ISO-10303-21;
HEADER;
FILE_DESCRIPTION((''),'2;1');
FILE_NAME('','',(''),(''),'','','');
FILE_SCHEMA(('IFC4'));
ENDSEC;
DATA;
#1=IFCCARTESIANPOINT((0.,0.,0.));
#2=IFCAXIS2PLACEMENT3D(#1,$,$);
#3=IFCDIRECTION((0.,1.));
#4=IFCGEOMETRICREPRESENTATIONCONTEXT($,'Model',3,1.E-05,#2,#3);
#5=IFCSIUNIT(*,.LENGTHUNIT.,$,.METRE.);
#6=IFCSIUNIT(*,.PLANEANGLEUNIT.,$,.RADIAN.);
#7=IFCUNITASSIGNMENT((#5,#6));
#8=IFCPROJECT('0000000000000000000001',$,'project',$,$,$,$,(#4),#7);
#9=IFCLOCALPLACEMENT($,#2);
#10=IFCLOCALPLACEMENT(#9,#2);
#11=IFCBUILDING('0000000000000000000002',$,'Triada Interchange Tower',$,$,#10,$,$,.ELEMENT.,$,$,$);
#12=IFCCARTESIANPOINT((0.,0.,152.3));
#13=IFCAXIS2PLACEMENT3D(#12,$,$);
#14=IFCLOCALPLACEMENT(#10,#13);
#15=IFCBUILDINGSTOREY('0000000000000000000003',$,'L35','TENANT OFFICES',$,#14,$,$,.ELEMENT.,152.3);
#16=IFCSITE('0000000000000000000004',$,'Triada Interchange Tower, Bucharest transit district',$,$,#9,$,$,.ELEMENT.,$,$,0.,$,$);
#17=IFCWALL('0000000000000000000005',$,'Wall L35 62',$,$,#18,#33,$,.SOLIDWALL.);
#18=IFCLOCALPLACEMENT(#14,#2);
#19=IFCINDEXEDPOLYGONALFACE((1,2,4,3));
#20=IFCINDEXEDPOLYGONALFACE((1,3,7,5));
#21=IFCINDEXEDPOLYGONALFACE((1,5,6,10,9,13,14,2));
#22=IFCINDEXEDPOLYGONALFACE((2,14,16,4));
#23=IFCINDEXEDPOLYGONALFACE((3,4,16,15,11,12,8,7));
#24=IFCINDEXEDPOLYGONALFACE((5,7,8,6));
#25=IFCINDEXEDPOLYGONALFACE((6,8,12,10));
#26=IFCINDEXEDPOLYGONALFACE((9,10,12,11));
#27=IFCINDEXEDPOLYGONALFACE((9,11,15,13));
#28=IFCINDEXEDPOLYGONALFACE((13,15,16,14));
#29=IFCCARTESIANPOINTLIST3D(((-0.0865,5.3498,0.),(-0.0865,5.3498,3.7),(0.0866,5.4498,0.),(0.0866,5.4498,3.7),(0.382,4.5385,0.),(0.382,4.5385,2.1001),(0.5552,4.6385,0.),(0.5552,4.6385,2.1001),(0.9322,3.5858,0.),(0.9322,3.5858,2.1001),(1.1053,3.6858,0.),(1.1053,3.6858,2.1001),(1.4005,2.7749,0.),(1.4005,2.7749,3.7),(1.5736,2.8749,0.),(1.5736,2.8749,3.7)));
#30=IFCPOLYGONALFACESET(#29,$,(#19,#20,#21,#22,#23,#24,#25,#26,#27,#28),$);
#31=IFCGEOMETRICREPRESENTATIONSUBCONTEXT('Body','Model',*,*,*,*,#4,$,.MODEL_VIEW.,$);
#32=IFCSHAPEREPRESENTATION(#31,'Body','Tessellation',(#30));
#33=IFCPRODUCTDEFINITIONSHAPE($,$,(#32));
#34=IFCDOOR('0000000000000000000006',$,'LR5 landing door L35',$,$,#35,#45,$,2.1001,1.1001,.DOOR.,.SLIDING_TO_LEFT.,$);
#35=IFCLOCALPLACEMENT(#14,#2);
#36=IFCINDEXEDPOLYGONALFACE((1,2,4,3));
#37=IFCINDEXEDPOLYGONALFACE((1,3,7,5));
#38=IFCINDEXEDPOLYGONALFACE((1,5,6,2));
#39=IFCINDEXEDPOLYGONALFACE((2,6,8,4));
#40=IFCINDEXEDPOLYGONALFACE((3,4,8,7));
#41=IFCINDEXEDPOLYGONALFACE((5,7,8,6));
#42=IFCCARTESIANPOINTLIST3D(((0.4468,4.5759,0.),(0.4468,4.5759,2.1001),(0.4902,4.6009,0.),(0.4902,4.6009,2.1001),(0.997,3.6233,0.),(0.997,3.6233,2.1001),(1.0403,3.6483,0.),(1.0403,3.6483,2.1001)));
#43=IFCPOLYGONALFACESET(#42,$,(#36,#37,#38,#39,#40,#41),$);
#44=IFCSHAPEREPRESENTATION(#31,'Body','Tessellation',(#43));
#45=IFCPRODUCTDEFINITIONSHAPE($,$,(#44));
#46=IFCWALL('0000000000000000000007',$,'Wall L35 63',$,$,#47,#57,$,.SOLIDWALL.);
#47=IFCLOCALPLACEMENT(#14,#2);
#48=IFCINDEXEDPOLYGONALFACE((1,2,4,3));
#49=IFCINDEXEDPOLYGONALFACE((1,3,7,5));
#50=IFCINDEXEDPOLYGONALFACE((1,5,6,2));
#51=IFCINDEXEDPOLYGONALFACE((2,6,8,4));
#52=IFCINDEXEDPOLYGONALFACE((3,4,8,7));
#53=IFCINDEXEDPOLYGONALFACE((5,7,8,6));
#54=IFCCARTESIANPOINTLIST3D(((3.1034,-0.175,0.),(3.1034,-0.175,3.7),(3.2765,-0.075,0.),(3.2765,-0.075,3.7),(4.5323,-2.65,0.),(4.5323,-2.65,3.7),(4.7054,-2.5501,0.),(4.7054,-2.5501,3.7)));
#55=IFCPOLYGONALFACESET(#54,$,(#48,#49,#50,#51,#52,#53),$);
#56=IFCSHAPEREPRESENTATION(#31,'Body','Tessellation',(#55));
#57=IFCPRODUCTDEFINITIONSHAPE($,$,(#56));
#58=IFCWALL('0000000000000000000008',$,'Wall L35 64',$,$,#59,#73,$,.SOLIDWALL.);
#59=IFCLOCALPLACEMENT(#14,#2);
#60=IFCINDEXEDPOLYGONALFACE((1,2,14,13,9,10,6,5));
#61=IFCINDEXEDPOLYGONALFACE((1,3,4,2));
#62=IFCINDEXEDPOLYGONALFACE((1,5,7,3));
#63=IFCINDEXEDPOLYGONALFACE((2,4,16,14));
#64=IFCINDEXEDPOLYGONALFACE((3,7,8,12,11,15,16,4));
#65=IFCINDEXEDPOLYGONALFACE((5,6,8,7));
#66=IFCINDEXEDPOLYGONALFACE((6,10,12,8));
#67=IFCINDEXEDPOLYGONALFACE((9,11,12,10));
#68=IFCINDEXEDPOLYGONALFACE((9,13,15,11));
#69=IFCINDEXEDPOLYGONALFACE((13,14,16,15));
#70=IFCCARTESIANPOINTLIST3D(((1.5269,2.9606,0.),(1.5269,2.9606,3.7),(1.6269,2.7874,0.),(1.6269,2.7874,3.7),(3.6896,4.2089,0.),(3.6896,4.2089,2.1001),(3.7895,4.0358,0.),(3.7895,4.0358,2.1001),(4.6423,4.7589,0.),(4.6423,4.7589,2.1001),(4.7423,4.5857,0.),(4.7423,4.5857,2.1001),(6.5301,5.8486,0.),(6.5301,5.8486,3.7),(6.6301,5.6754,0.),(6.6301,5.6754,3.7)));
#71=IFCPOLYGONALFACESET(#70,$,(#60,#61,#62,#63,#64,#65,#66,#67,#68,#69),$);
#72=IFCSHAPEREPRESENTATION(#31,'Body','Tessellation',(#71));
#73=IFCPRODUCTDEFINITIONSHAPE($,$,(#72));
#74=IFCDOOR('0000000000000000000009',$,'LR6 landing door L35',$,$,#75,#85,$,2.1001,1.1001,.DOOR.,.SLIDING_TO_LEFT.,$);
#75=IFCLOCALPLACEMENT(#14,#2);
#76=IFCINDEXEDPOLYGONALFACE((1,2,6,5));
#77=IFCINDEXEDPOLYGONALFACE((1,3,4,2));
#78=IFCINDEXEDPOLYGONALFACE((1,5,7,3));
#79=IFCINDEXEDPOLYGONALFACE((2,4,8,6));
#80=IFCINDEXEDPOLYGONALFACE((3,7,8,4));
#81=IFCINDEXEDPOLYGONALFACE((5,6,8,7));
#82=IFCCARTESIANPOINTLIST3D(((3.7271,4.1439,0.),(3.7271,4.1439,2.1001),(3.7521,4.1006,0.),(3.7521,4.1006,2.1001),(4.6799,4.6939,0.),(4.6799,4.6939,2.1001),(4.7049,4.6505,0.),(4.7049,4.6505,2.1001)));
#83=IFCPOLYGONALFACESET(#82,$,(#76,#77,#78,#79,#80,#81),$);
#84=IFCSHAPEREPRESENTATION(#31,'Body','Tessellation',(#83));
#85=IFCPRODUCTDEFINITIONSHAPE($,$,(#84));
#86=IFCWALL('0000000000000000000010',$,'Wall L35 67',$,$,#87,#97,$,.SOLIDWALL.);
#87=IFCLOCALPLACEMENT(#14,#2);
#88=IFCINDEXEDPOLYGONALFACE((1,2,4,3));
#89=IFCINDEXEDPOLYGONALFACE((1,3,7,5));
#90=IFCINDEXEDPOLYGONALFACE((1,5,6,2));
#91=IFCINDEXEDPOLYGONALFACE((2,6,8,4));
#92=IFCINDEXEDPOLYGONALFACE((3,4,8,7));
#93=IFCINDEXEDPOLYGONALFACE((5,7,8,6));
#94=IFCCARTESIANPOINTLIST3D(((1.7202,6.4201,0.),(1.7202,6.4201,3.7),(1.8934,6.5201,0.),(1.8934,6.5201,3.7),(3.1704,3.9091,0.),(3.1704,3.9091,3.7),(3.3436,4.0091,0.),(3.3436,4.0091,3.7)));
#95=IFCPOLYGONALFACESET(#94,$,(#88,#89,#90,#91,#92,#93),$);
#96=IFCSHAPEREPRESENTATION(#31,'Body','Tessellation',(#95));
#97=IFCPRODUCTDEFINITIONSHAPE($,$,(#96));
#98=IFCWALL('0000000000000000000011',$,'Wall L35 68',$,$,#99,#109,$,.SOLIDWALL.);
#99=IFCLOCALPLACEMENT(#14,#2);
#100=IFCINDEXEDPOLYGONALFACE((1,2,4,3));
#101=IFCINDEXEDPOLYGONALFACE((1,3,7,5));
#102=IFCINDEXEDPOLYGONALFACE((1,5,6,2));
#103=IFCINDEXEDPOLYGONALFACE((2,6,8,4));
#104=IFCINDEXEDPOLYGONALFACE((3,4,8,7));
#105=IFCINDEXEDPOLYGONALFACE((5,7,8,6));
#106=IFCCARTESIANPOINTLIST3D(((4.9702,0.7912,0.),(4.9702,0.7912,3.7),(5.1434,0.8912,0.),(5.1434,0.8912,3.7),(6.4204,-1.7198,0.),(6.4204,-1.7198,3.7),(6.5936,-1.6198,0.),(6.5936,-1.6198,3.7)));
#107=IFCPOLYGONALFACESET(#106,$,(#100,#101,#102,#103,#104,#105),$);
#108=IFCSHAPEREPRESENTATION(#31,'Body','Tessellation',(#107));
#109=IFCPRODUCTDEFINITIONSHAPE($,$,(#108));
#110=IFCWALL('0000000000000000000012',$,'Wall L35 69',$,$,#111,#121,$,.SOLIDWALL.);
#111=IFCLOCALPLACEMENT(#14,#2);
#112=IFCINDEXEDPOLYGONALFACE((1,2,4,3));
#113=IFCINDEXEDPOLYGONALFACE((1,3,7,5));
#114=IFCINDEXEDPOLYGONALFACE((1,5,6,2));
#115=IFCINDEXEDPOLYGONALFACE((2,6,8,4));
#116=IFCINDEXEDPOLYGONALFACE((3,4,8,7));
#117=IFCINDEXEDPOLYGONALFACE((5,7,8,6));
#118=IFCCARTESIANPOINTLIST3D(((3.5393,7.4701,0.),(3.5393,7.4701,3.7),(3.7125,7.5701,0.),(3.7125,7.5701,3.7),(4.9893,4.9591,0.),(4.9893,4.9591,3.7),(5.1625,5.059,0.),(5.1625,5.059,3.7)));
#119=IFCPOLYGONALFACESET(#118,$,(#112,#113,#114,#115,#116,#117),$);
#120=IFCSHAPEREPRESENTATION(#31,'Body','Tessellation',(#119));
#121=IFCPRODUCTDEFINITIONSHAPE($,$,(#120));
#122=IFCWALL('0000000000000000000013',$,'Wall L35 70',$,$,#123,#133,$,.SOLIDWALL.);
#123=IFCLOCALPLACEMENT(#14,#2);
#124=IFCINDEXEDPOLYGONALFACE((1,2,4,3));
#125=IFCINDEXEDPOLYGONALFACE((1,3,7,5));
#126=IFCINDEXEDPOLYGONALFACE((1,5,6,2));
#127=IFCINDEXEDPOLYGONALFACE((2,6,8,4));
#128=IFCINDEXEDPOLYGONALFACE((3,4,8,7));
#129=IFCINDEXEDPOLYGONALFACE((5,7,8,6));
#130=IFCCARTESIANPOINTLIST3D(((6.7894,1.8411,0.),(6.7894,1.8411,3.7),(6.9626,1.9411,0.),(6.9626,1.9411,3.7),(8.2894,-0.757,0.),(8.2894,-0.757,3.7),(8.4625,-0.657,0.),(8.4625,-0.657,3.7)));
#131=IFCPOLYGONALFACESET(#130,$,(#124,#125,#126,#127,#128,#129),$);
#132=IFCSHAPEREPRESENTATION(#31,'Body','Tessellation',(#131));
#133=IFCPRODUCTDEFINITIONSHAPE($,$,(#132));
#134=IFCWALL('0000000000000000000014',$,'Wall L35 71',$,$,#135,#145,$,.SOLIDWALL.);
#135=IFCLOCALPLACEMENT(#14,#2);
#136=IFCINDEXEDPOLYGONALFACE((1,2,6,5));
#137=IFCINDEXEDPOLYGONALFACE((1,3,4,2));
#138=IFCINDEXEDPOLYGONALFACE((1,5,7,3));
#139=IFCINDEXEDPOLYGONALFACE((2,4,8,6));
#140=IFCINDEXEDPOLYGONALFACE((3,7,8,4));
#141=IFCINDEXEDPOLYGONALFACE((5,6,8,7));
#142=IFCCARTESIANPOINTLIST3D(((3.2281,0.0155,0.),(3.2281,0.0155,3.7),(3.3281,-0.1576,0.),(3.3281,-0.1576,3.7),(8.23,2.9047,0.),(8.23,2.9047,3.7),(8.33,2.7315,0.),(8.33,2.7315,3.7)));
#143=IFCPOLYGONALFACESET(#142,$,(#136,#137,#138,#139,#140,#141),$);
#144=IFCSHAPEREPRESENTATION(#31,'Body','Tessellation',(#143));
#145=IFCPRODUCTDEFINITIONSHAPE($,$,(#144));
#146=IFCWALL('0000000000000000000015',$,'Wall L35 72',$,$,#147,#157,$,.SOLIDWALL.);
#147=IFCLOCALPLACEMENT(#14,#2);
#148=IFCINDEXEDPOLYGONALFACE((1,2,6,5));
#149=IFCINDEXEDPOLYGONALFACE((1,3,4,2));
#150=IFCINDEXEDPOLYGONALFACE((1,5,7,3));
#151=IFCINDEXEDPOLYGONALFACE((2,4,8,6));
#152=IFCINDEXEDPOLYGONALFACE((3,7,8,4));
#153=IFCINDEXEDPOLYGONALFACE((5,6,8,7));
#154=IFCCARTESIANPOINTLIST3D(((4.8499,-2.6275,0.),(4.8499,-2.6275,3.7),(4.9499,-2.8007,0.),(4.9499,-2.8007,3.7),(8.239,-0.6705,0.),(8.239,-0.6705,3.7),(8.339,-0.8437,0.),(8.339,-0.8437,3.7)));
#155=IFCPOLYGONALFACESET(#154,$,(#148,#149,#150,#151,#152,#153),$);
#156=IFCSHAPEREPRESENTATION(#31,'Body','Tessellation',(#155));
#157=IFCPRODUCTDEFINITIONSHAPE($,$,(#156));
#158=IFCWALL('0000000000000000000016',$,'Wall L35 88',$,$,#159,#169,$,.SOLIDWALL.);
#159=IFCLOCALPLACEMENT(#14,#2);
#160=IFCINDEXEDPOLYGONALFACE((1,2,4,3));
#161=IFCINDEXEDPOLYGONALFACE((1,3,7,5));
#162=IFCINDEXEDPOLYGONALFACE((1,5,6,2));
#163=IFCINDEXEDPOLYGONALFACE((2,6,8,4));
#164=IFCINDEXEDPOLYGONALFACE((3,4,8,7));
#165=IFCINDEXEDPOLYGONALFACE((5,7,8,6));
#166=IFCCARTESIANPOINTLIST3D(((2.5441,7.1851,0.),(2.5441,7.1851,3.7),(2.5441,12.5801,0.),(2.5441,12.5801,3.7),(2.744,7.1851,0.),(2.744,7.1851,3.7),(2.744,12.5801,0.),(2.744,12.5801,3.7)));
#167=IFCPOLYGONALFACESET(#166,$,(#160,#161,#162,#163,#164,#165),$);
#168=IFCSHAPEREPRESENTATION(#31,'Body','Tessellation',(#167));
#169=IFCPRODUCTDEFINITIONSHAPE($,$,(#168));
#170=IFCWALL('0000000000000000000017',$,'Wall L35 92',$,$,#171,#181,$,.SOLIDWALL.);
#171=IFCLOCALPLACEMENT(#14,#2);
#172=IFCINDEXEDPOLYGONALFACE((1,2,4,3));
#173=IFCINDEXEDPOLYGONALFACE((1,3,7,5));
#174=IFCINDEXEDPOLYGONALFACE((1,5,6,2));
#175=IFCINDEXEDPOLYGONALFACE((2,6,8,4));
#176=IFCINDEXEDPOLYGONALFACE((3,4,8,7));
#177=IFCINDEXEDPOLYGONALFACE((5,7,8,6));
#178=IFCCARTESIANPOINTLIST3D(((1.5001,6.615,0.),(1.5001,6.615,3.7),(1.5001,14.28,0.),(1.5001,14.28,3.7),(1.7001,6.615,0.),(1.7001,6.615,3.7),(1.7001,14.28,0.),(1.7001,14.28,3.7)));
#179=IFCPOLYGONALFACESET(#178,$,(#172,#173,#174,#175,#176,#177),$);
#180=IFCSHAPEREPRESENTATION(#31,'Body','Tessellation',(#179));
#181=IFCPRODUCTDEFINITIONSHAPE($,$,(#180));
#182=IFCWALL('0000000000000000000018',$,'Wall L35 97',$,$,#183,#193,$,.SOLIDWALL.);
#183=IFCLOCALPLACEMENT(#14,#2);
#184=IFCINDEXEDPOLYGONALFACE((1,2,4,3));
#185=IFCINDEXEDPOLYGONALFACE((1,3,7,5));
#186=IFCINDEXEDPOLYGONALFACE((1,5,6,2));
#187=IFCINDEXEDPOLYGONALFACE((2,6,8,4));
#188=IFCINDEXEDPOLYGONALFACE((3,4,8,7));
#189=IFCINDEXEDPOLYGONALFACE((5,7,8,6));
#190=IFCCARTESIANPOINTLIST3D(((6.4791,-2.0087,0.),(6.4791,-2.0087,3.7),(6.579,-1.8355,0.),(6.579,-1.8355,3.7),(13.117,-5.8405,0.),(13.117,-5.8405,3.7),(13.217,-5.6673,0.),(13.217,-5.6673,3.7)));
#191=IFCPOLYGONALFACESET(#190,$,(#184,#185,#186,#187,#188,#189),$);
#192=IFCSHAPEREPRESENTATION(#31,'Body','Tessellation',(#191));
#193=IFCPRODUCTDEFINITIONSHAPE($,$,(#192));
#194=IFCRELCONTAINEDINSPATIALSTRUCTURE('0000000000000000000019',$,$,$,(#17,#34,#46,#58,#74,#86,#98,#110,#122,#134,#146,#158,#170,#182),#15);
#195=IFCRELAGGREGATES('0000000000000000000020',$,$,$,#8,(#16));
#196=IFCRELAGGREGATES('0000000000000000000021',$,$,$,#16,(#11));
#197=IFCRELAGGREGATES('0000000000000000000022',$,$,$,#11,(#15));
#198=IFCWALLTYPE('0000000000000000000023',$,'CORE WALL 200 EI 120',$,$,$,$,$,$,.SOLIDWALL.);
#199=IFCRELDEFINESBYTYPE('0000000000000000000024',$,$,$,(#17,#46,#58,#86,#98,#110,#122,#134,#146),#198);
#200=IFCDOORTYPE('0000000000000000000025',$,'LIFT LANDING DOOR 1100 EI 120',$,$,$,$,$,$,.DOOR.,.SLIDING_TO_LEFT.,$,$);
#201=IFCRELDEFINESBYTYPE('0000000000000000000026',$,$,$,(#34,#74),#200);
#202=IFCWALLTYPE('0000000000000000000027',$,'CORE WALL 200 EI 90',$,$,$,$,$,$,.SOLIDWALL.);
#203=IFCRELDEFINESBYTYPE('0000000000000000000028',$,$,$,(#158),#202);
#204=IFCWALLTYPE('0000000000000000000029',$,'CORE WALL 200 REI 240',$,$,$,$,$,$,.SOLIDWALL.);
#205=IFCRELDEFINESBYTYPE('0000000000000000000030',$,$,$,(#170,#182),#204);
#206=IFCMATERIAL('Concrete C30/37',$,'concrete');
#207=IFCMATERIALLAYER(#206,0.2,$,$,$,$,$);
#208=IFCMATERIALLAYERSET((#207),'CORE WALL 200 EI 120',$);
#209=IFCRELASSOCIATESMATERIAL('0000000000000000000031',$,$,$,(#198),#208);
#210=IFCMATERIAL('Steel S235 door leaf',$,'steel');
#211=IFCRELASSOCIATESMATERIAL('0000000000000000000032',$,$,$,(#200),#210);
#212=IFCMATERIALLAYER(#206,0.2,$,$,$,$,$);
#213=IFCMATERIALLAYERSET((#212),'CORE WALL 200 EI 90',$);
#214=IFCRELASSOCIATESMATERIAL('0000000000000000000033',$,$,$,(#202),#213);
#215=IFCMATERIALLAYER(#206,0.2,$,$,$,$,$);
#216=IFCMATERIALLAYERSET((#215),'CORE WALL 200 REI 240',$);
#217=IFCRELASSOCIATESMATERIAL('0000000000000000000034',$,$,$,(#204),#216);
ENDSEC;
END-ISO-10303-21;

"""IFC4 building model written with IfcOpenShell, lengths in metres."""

from ifc_helpers import new_model, si_unit, direction, frame, frame_2d, origin, place, context, subcontext, project, spatial, rectangle, extrude, material, layer, layer_set, type_object, element, fill, save


model = new_model("IFC4")

# Units and contexts
model_context = context("Model", 3, precision=1e-05, world=origin(), true_north=direction((0.0, 1.0)))
body_context = subcontext(model_context, "Body", "Model", "MODEL_VIEW")
ifc_project = project(units=[si_unit("LENGTHUNIT", "METRE"), si_unit("PLANEANGLEUNIT", "RADIAN")], contexts=[model_context])

# Site, building, storey
site_placement = place(None, origin())
site = spatial("IfcSite", under=ifc_project, at=site_placement, Name="Triada Interchange Tower, Bucharest transit district", CompositionType="ELEMENT", RefElevation=0.0)
building_placement = place(site_placement, origin())
building = spatial("IfcBuilding", under=site, at=building_placement, Name="Triada Interchange Tower", CompositionType="ELEMENT")
storey_placement = place(building_placement, frame((0.0, 0.0, 152.3)))
storey = spatial("IfcBuildingStorey", under=building, at=storey_placement, Name="L35", Description="TENANT OFFICES", CompositionType="ELEMENT", Elevation=152.3)

# Wall, opening, door
ifc_material_1 = material(Name="Concrete C30/37", Category="concrete")
ifc_layer_1 = layer(ifc_material_1, 0.2)
ifc_layer_set_1 = layer_set([ifc_layer_1], Name="CORE WALL 200 EI 120")
wall_type_1 = type_object("IfcWallType", Name="CORE WALL 200 EI 120", PredefinedType="SOLIDWALL", material=ifc_layer_set_1)
ifc_material_2 = material(Name="Steel S235 door leaf", Category="steel")
door_type = type_object("IfcDoorType", Name="LIFT LANDING DOOR 1100 EI 120", OperationType="SLIDING_TO_LEFT", PredefinedType="DOOR", material=ifc_material_2)
wall_1_placement = place(storey_placement, frame((0.0, 5.3999, 0.0), z_axis=(0.0, 0.0, 1.0), x_axis=(0.500104, -0.865965, 0.0)))
wall_1 = element("IfcWall", 1, at=wall_1_placement, inside=storey, type_object=wall_type_1, Name="Wall L35 62", PredefinedType="SOLIDWALL", context=body_context, shape_type="SweptSolid", body=[
    extrude(rectangle(XDim=2.9734, YDim=0.2, at=frame_2d((1.4868, 0.0))), origin(), (0.0, 0.0, 1.0), 3.7),
])
opening_1_placement = place(wall_1_placement, frame((0.937, 0.0, 0.0)))
opening_1 = element("IfcOpeningElement", 2, at=opening_1_placement, cuts=wall_1, PredefinedType="OPENING", context=body_context, shape_type="SweptSolid", body=[
    extrude(rectangle(XDim=1.1001, YDim=2.1001, at=frame_2d((0.55, 1.05))), frame((0.0, 0.1099, 0.0), z_axis=(0.0, -1.0, 0.0), x_axis=(1.0, 0.0, 0.0)), (0.0, 0.0, 1.0), 0.22),
])
door_1_placement = place(opening_1_placement, origin())
door_1 = element("IfcDoor", 3, at=door_1_placement, inside=storey, type_object=door_type, Name="LR5 landing door L35", OperationType="SLIDING_TO_LEFT", OverallHeight=2.1001, OverallWidth=1.1001, PredefinedType="DOOR", context=body_context, shape_type="SweptSolid", body=[
    extrude(rectangle(XDim=1.1001, YDim=2.1001, at=frame_2d((0.55, 1.05))), frame((0.0, 0.0249, 0.0), z_axis=(0.0, -1.0, 0.0), x_axis=(1.0, 0.0, 0.0)), (0.0, 0.0, 1.0), 0.05),
])
fill(opening_1, door_1)

# Wall
wall_2_placement = place(storey_placement, frame((3.1899, -0.125, 0.0), z_axis=(0.0, 0.0, 1.0), x_axis=(0.499989, -0.866032, 0.0)))
element("IfcWall", 4, at=wall_2_placement, inside=storey, type_object=wall_type_1, Name="Wall L35 63", PredefinedType="SOLIDWALL", context=body_context, shape_type="SweptSolid", body=[
    extrude(rectangle(XDim=2.8579, YDim=0.2, at=frame_2d((1.429, 0.0))), origin(), (0.0, 0.0, 1.0), 3.7),
])

# Wall, opening, door
wall_3_placement = place(storey_placement, frame((1.5769, 2.874, 0.0), z_axis=(0.0, 0.0, 1.0), x_axis=(0.866074, 0.499916, 0.0)))
wall_3 = element("IfcWall", 5, at=wall_3_placement, inside=storey, type_object=wall_type_1, Name="Wall L35 64", PredefinedType="SOLIDWALL", context=body_context, shape_type="SweptSolid", body=[
    extrude(rectangle(XDim=5.7769, YDim=0.2, at=frame_2d((2.8884, 0.0))), origin(), (0.0, 0.0, 1.0), 3.7),
])
opening_2_placement = place(wall_3_placement, frame((2.4971, 0.0, 0.0)))
opening_2 = element("IfcOpeningElement", 6, at=opening_2_placement, cuts=wall_3, PredefinedType="OPENING", context=body_context, shape_type="SweptSolid", body=[
    extrude(rectangle(XDim=1.1001, YDim=2.1001, at=frame_2d((0.55, 1.05))), frame((0.0, 0.1099, 0.0), z_axis=(0.0, -1.0, 0.0), x_axis=(1.0, 0.0, 0.0)), (0.0, 0.0, 1.0), 0.22),
])
door_2_placement = place(opening_2_placement, origin())
door_2 = element("IfcDoor", 7, at=door_2_placement, inside=storey, type_object=door_type, Name="LR6 landing door L35", OperationType="SLIDING_TO_LEFT", OverallHeight=2.1001, OverallWidth=1.1001, PredefinedType="DOOR", context=body_context, shape_type="SweptSolid", body=[
    extrude(rectangle(XDim=1.1001, YDim=2.1001, at=frame_2d((0.55, 1.05))), frame((0.0, 0.0249, 0.0), z_axis=(0.0, -1.0, 0.0), x_axis=(1.0, 0.0, 0.0)), (0.0, 0.0, 1.0), 0.05),
])
fill(opening_2, door_2)

# Walls
for number, where, z_axis, x_axis, name in (
    (8, (1.8069, 6.47, 0.0), (0.0, 0.0, 1.0), (0.500123, -0.865954, 0.0), "Wall L35 67"),
    (9, (5.0569, 0.8411, 0.0), (0.0, 0.0, 1.0), (0.500123, -0.865954, 0.0), "Wall L35 68"),
    (10, (3.626, 7.52, 0.0), (0.0, 0.0, 1.0), (0.50006, -0.865991, 0.0), "Wall L35 69"),
):
    element("IfcWall", number, at=place(storey_placement, frame(where, z_axis=z_axis, x_axis=x_axis)), inside=storey, type_object=wall_type_1, Name=name, PredefinedType="SOLIDWALL", context=body_context, shape_type="SweptSolid", body=[
        extrude(rectangle(XDim=2.8997, YDim=0.2, at=frame_2d((1.4497, 0.0))), origin(), (0.0, 0.0, 1.0), 3.7),
    ])
wall_4_placement = place(storey_placement, frame((6.876, 1.8911, 0.0), z_axis=(0.0, 0.0, 1.0), x_axis=(0.49999, -0.866031, 0.0)))
element("IfcWall", 11, at=wall_4_placement, inside=storey, type_object=wall_type_1, Name="Wall L35 70", PredefinedType="SOLIDWALL", context=body_context, shape_type="SweptSolid", body=[
    extrude(rectangle(XDim=3.0, YDim=0.2, at=frame_2d((1.5, 0.0))), origin(), (0.0, 0.0, 1.0), 3.7),
])
wall_5_placement = place(storey_placement, frame((3.2781, -0.071, 0.0), z_axis=(0.0, 0.0, 1.0), x_axis=(0.865929, 0.500166, 0.0)))
element("IfcWall", 12, at=wall_5_placement, inside=storey, type_object=wall_type_1, Name="Wall L35 71", PredefinedType="SOLIDWALL", context=body_context, shape_type="SweptSolid", body=[
    extrude(rectangle(XDim=5.7764, YDim=0.2, at=frame_2d((2.8882, 0.0))), origin(), (0.0, 0.0, 1.0), 3.7),
])
wall_6_placement = place(storey_placement, frame((4.8999, -2.7141, 0.0), z_axis=(0.0, 0.0, 1.0), x_axis=(0.865992, 0.500057, 0.0)))
element("IfcWall", 13, at=wall_6_placement, inside=storey, type_object=wall_type_1, Name="Wall L35 72", PredefinedType="SOLIDWALL", context=body_context, shape_type="SweptSolid", body=[
    extrude(rectangle(XDim=3.9136, YDim=0.2, at=frame_2d((1.9568, 0.0))), origin(), (0.0, 0.0, 1.0), 3.7),
])
ifc_layer_2 = layer(ifc_material_1, 0.2)
ifc_layer_set_2 = layer_set([ifc_layer_2], Name="CORE WALL 200 EI 90")
wall_type_2 = type_object("IfcWallType", Name="CORE WALL 200 EI 90", PredefinedType="SOLIDWALL", material=ifc_layer_set_2)
wall_7_placement = place(storey_placement, frame((2.644, 7.1851, 0.0), z_axis=(0.0, 0.0, 1.0), x_axis=(0.0, 1.0, 0.0)))
element("IfcWall", 14, at=wall_7_placement, inside=storey, type_object=wall_type_2, Name="Wall L35 88", PredefinedType="SOLIDWALL", context=body_context, shape_type="SweptSolid", body=[
    extrude(rectangle(XDim=5.395, YDim=0.2, at=frame_2d((2.6975, 0.0))), origin(), (0.0, 0.0, 1.0), 3.7),
])
ifc_layer_3 = layer(ifc_material_1, 0.2)
ifc_layer_set_3 = layer_set([ifc_layer_3], Name="CORE WALL 200 REI 240")
wall_type_3 = type_object("IfcWallType", Name="CORE WALL 200 REI 240", PredefinedType="SOLIDWALL", material=ifc_layer_set_3)
wall_8_placement = place(storey_placement, frame((1.6001, 6.615, 0.0), z_axis=(0.0, 0.0, 1.0), x_axis=(0.0, 1.0, 0.0)))
element("IfcWall", 15, at=wall_8_placement, inside=storey, type_object=wall_type_3, Name="Wall L35 92", PredefinedType="SOLIDWALL", context=body_context, shape_type="SweptSolid", body=[
    extrude(rectangle(XDim=7.665, YDim=0.2, at=frame_2d((3.8325, 0.0))), origin(), (0.0, 0.0, 1.0), 3.7),
])
wall_9_placement = place(storey_placement, frame((6.5291, -1.9221, 0.0), z_axis=(0.0, 0.0, 1.0), x_axis=(0.866061, -0.499938, 0.0)))
element("IfcWall", 16, at=wall_9_placement, inside=storey, type_object=wall_type_3, Name="Wall L35 97", PredefinedType="SOLIDWALL", context=body_context, shape_type="SweptSolid", body=[
    extrude(rectangle(XDim=7.6646, YDim=0.2, at=frame_2d((3.8323, 0.0))), origin(), (0.0, 0.0, 1.0), 3.7),
])

save(model, "model.ifc")
